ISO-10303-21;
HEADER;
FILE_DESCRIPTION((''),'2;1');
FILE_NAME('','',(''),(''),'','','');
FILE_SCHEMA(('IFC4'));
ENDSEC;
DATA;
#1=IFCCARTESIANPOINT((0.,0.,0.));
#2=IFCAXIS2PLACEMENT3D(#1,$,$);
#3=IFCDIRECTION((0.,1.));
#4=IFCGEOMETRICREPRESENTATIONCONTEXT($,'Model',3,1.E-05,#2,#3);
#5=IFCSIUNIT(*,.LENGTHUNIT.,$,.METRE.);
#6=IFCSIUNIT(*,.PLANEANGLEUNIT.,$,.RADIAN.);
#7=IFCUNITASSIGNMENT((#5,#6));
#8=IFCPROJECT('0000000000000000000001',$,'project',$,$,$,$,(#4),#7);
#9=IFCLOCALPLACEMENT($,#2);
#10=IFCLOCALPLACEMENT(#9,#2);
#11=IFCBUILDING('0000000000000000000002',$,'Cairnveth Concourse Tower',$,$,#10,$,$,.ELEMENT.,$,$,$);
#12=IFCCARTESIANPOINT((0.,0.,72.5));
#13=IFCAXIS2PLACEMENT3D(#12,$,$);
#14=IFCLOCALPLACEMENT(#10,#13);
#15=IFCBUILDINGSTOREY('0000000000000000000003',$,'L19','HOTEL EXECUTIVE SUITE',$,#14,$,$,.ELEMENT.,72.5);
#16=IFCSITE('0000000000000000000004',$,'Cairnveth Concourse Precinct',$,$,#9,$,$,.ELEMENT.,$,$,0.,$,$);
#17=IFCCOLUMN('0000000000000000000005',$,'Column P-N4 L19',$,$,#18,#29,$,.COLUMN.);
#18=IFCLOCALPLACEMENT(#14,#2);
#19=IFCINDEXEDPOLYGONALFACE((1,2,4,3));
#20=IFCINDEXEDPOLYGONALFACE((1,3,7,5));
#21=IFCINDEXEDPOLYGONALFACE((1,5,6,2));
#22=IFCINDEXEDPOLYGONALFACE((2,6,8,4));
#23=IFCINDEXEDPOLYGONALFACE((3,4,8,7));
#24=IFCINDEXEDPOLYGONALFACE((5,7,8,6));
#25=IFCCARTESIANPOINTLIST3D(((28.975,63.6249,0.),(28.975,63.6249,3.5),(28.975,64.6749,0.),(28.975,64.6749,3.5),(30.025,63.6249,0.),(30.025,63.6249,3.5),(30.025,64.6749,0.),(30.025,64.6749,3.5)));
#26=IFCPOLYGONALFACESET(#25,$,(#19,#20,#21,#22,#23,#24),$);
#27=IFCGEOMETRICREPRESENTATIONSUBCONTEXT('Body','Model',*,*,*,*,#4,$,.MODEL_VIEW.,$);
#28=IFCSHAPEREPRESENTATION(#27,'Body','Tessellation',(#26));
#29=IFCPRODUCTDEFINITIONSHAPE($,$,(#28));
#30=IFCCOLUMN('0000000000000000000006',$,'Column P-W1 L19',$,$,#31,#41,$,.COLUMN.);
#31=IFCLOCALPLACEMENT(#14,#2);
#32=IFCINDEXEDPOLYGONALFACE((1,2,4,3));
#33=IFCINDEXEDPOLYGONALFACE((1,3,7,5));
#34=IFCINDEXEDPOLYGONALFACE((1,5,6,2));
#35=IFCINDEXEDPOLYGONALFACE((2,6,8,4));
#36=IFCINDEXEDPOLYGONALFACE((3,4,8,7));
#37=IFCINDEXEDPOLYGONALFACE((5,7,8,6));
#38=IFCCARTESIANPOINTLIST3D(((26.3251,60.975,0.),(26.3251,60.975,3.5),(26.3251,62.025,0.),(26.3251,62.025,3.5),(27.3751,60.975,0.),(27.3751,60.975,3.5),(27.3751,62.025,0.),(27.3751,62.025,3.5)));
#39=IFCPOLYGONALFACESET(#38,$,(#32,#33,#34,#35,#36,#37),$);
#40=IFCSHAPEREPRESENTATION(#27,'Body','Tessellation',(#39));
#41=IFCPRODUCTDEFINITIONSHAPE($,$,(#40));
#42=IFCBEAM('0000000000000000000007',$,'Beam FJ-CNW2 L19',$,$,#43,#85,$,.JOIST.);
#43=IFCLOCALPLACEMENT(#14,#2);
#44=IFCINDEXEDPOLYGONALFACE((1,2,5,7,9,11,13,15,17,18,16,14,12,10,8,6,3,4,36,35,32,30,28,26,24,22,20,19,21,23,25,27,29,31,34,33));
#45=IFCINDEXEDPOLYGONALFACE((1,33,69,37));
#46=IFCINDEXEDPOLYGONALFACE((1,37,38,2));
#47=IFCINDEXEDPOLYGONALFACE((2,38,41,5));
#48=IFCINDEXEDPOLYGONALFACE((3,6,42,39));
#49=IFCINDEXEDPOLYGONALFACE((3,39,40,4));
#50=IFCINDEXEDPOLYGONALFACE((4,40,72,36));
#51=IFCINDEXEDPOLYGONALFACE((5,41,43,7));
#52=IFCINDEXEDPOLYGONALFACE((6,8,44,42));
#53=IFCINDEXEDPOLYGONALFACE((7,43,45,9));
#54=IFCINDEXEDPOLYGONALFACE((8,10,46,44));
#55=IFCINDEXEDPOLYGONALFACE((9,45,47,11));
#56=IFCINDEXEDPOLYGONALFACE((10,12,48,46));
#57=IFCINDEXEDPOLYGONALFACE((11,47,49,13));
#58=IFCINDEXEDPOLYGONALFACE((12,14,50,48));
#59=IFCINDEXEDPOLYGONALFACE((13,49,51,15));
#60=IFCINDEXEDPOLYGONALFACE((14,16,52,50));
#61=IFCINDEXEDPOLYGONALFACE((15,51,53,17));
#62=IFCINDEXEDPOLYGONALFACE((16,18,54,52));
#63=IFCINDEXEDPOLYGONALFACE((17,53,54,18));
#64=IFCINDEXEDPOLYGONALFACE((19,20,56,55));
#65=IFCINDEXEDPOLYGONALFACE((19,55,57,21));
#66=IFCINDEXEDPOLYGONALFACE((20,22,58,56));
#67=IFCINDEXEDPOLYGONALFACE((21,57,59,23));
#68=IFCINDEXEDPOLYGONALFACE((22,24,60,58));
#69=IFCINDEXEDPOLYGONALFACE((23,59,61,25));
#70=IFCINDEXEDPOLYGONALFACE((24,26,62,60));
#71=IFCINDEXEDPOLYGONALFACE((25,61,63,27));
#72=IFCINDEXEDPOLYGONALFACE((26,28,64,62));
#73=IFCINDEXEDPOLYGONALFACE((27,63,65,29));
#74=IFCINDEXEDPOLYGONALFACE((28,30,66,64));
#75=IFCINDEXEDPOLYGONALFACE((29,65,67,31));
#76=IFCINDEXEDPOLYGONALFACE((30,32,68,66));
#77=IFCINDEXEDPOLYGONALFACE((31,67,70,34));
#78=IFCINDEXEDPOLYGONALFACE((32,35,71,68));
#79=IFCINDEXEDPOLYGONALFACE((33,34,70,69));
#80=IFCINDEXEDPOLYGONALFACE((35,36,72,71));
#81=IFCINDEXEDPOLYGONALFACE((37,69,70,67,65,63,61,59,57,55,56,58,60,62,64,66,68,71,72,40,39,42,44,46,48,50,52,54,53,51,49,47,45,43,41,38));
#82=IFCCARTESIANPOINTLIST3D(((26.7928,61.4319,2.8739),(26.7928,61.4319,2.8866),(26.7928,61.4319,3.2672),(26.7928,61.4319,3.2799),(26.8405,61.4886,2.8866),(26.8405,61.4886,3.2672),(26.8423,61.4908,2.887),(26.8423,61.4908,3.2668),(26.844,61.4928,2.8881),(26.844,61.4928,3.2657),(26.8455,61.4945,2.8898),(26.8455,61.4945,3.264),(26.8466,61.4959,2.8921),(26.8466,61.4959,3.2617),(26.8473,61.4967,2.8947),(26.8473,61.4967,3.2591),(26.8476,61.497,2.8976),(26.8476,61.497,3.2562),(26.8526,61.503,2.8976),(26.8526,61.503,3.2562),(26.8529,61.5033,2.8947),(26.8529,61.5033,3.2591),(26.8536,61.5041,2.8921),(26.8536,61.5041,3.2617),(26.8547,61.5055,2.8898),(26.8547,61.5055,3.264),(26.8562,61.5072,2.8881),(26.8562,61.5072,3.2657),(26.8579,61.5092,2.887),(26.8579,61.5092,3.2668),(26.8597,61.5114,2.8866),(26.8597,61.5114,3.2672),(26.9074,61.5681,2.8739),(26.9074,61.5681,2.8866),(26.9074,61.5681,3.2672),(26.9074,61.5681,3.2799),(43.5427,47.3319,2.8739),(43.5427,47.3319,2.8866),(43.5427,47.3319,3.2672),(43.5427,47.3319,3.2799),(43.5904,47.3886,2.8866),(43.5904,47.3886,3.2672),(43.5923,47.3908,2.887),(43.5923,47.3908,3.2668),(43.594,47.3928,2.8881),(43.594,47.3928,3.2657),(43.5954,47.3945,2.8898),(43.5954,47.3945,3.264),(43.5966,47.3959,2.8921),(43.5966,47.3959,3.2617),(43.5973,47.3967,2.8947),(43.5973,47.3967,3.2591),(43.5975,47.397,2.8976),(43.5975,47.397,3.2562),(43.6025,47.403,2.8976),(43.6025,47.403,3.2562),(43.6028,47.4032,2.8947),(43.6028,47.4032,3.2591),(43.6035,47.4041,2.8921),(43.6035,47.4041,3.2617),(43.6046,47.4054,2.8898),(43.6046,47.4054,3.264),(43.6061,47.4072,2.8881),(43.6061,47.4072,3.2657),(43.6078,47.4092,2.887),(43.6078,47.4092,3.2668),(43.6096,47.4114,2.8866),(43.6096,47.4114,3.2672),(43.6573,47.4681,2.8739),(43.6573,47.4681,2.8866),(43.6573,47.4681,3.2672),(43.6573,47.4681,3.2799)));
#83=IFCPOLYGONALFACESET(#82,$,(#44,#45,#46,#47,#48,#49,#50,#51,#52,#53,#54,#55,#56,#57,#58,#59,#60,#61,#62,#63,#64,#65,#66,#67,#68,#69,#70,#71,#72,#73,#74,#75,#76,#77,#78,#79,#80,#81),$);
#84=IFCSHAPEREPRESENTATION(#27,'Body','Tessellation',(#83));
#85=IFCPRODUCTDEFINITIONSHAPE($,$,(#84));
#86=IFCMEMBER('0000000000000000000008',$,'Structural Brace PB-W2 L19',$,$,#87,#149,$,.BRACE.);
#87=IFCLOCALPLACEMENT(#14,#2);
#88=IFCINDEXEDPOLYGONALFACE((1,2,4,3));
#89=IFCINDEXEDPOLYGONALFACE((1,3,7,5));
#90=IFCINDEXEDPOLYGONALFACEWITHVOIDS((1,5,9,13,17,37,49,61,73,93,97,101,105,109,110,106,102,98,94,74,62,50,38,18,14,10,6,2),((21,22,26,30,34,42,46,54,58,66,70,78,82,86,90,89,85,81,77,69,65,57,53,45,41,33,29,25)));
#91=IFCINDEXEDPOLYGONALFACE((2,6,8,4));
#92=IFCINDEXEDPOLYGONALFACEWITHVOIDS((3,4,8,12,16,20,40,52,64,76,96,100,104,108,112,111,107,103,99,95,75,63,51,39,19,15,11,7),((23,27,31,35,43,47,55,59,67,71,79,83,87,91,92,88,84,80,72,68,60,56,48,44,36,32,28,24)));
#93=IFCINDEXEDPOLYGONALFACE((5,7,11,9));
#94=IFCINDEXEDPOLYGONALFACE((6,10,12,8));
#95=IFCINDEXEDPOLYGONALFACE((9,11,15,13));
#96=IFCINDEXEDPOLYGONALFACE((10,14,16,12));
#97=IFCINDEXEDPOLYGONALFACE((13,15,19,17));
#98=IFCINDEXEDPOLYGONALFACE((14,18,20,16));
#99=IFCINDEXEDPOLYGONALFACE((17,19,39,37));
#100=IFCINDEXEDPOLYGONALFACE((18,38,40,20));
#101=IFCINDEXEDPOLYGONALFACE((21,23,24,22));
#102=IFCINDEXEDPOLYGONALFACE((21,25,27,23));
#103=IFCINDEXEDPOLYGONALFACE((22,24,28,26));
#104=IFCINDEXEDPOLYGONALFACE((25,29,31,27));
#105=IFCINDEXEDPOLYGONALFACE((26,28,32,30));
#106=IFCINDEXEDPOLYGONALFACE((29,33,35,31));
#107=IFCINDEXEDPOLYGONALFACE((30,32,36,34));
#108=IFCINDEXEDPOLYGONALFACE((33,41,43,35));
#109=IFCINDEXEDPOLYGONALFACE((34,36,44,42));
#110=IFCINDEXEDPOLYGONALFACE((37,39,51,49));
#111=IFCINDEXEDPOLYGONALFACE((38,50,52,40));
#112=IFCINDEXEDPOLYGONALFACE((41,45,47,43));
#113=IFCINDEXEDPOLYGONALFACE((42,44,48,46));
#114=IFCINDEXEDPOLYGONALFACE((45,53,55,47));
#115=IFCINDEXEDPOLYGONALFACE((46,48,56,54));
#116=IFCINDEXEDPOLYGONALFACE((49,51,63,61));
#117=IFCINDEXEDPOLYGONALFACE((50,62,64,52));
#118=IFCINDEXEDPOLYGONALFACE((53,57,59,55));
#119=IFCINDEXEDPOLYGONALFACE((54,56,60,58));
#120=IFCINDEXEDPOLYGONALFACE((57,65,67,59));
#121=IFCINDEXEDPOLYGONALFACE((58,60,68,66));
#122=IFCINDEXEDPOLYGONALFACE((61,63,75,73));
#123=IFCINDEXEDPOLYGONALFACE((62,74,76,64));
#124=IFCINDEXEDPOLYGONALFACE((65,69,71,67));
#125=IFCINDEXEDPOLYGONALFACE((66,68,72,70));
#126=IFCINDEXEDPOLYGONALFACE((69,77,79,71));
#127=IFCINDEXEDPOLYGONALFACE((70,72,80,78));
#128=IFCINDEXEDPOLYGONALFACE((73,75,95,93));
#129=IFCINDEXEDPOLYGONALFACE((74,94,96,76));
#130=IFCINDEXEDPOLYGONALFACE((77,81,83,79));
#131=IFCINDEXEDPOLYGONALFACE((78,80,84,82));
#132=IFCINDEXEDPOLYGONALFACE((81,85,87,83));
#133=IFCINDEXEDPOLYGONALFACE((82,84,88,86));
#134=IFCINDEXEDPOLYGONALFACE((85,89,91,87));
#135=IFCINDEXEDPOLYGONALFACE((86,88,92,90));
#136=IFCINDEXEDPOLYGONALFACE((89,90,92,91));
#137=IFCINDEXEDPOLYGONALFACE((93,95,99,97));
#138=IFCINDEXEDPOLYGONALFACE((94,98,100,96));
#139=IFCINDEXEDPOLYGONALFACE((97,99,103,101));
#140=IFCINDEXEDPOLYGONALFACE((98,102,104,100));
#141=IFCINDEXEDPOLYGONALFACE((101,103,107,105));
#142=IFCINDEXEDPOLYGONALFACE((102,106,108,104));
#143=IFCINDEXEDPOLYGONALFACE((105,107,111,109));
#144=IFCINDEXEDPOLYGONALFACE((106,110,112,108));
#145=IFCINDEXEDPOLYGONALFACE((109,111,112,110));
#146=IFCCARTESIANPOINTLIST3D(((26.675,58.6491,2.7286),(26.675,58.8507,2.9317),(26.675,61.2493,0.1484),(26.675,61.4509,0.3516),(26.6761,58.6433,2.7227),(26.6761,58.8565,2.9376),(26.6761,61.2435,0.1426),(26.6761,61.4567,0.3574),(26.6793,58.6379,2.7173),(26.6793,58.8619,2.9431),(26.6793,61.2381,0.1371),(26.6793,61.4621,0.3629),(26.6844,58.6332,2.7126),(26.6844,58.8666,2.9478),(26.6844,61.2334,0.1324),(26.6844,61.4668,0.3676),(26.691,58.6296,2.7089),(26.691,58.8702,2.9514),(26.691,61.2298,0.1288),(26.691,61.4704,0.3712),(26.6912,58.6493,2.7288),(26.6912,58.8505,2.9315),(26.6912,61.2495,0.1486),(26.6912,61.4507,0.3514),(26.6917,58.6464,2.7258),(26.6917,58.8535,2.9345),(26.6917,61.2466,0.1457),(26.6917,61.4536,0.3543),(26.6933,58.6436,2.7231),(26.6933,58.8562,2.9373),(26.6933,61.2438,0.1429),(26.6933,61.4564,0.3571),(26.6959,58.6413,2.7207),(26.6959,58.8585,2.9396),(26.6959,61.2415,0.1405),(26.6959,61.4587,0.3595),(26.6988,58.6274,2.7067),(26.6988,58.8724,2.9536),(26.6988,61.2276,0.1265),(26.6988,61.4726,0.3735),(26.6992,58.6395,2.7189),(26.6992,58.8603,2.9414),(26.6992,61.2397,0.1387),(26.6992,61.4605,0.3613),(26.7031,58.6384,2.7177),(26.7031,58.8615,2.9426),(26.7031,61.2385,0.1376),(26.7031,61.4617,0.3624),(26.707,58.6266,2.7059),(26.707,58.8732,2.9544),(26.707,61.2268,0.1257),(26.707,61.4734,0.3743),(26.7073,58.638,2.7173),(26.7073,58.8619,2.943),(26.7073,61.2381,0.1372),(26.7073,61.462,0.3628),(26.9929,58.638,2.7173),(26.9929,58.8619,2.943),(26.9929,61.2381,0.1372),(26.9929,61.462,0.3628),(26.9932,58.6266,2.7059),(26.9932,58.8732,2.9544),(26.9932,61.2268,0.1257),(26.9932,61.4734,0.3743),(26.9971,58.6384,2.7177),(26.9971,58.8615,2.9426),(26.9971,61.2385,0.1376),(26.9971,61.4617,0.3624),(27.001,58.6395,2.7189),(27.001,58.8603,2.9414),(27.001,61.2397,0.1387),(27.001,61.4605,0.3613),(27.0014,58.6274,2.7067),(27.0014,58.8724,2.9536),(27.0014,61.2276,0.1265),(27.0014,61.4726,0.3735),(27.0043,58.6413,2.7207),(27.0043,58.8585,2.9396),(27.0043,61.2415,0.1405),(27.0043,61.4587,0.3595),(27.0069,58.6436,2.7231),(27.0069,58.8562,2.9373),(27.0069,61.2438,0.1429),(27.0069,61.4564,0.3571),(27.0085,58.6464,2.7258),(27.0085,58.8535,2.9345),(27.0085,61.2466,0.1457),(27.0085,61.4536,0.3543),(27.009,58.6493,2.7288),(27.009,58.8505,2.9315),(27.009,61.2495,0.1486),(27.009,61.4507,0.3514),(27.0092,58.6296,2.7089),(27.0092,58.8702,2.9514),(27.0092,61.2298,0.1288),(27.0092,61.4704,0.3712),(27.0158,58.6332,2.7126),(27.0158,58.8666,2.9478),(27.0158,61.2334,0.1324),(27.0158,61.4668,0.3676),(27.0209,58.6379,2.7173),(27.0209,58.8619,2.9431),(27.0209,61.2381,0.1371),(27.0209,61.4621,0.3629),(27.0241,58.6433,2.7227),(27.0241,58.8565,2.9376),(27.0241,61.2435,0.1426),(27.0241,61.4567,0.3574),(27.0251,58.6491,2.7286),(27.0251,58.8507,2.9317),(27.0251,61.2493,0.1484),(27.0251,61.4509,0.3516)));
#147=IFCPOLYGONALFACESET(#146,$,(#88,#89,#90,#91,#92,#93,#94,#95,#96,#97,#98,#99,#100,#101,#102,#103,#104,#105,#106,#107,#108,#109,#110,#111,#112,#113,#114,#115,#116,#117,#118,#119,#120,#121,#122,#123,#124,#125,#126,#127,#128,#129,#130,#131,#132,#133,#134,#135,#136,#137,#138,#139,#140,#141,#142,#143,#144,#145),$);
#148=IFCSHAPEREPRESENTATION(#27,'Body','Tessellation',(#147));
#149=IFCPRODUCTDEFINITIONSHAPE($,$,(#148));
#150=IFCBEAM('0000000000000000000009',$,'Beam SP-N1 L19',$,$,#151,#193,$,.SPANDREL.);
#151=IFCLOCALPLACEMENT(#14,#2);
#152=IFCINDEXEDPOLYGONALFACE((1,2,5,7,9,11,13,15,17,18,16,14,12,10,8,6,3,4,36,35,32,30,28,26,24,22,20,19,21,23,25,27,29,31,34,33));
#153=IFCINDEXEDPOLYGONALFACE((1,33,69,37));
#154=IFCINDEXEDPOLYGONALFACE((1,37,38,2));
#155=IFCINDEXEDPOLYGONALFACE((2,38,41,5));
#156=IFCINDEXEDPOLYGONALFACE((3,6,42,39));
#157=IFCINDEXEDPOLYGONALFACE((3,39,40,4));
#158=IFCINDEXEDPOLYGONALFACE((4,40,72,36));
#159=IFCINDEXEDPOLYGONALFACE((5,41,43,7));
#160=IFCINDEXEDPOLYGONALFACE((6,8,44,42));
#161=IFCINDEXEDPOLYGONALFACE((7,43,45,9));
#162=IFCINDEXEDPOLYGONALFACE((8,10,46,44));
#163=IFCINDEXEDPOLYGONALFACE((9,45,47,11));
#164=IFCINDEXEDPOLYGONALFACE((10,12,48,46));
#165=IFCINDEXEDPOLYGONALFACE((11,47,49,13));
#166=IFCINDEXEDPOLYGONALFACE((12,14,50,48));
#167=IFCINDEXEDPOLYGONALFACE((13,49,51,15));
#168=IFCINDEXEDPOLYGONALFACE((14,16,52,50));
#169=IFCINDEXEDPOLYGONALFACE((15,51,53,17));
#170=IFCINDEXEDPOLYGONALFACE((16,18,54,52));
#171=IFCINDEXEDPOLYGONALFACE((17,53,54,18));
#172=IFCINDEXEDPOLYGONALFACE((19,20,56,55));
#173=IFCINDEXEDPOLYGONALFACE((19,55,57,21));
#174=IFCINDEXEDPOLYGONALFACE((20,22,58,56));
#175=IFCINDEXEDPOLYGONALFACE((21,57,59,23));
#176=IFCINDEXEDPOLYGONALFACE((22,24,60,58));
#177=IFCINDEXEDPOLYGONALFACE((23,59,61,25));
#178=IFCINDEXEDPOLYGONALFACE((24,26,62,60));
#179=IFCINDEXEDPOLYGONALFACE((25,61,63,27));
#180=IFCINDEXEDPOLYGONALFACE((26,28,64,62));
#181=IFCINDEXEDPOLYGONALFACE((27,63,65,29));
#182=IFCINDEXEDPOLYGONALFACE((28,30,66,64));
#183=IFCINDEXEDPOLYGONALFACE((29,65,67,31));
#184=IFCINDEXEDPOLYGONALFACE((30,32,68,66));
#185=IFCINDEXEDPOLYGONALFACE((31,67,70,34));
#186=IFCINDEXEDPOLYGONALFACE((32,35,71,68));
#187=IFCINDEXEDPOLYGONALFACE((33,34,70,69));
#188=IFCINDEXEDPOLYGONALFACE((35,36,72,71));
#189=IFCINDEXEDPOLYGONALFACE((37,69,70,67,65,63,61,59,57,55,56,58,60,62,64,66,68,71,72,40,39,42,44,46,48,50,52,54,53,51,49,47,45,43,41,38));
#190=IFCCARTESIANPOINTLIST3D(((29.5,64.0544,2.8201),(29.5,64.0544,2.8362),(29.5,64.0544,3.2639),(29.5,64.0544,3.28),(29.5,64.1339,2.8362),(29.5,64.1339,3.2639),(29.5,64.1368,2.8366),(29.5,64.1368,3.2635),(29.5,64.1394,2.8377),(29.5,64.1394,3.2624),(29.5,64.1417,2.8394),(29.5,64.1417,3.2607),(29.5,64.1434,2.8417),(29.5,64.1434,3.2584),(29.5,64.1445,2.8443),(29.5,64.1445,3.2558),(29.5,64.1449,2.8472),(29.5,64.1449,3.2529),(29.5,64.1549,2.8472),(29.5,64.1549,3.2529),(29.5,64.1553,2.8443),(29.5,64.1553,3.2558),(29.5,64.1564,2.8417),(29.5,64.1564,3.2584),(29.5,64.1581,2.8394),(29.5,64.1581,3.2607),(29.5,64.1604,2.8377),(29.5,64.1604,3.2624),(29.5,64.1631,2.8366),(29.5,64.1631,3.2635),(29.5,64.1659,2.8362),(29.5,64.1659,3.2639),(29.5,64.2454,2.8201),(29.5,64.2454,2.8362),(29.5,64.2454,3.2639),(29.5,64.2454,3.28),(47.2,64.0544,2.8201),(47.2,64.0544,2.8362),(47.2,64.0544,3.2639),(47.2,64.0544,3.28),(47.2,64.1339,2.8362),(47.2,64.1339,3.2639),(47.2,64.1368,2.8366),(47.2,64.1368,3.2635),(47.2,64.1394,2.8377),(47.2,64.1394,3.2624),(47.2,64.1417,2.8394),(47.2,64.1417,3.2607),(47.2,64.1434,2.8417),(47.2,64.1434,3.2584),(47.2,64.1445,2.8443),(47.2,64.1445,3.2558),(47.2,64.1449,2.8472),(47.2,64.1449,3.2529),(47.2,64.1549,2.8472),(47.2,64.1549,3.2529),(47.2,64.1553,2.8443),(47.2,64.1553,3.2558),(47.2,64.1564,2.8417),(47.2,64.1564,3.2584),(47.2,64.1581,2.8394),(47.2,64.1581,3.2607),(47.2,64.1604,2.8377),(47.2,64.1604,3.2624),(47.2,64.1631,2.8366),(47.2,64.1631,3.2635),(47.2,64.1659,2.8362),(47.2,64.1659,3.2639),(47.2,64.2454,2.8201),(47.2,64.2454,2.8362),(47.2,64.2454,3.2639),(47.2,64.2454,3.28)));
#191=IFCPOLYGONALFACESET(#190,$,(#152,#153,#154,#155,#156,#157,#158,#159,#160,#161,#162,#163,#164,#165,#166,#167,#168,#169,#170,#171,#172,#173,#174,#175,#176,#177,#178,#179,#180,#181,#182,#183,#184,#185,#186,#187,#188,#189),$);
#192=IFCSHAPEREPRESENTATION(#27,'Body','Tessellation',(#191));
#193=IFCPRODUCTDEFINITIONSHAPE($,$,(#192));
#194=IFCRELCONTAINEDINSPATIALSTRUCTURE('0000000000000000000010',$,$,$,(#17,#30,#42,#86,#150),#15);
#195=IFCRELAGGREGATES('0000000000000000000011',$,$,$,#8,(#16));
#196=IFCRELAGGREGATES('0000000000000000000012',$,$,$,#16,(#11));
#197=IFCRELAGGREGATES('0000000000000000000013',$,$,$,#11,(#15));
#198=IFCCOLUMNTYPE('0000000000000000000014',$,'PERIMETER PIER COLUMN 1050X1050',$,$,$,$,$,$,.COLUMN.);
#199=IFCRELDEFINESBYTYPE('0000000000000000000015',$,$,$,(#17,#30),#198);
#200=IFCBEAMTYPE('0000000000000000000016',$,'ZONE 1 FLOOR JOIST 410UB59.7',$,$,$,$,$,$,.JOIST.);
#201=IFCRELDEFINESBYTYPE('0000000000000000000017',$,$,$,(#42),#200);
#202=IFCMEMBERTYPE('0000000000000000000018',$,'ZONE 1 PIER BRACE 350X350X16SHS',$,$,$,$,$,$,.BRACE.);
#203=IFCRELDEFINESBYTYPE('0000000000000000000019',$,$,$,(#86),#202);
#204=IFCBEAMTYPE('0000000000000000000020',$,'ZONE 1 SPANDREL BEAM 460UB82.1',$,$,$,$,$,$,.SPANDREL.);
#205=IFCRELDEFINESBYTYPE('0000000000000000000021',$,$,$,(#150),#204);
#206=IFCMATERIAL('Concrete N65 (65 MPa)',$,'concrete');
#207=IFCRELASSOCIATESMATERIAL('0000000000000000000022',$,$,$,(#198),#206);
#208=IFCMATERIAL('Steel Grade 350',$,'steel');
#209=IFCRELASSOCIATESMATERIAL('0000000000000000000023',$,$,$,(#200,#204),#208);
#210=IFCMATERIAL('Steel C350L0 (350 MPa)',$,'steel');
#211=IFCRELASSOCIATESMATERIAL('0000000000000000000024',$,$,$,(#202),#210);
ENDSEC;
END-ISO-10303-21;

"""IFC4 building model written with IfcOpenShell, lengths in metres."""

from ifc_helpers import new_model, si_unit, direction, frame, origin, origin_2d, place, context, subcontext, project, spatial, rectangle, hollow_rectangle, i_section, extrude, material, material_profile, profile_set, type_object, element, save


model = new_model("IFC4")

# Units and contexts
model_context = context("Model", 3, precision=1e-05, world=origin(), true_north=direction((0.0, 1.0)))
body_context = subcontext(model_context, "Body", "Model", "MODEL_VIEW")
ifc_project = project(units=[si_unit("LENGTHUNIT", "METRE"), si_unit("PLANEANGLEUNIT", "RADIAN")], contexts=[model_context])

# Site, building, storey
site_placement = place(None, origin())
site = spatial("IfcSite", under=ifc_project, at=site_placement, Name="Cairnveth Concourse Precinct", CompositionType="ELEMENT", RefElevation=0.0)
building_placement = place(site_placement, origin())
building = spatial("IfcBuilding", under=site, at=building_placement, Name="Cairnveth Concourse Tower", CompositionType="ELEMENT")
storey_placement = place(building_placement, frame((0.0, 0.0, 72.5)))
storey = spatial("IfcBuildingStorey", under=building, at=storey_placement, Name="L19", Description="HOTEL EXECUTIVE SUITE", CompositionType="ELEMENT", Elevation=72.5)

# Columns
ifc_material_1 = material(Name="Concrete N65 (65 MPa)", Category="concrete")
ifc_material_profile_1 = material_profile(ifc_material_1, rectangle(XDim=1.05, YDim=1.05, at=origin_2d()), Name="RC-COL-1050x1050")
ifc_profile_set_1 = profile_set([ifc_material_profile_1], Name="Concrete N65 (65 MPa)")
column_type = type_object("IfcColumnType", Name="PERIMETER PIER COLUMN 1050X1050", PredefinedType="COLUMN", material=ifc_profile_set_1)
for number, where, z_axis, x_axis, name in (
    (1, (29.5, 64.1499, 0.0), (0.0, 0.0, 1.0), (1.0, 0.0, 0.0), "Column P-N4 L19"),
    (2, (26.8501, 61.5, 0.0), (0.0, 0.0, 1.0), (0.0, 1.0, 0.0), "Column P-W1 L19"),
):
    element("IfcColumn", number, at=place(storey_placement, frame(where, z_axis=z_axis, x_axis=x_axis)), inside=storey, type_object=column_type, Name=name, PredefinedType="COLUMN", context=body_context, shape_type="SweptSolid", body=[
        extrude(rectangle(XDim=1.05, YDim=1.05, at=origin_2d()), origin(), (0.0, 0.0, 1.0), 3.5),
    ])

# Beam
ifc_material_2 = material(Name="Steel Grade 350", Category="steel")
ifc_material_profile_2 = material_profile(ifc_material_2, i_section(OverallWidth=0.178, OverallDepth=0.406, WebThickness=0.0078, FlangeThickness=0.0127, FilletRadius=0.011, at=origin_2d()), Name="410UB59.7")
ifc_profile_set_2 = profile_set([ifc_material_profile_2], Name="Steel Grade 350")
beam_type_1 = type_object("IfcBeamType", Name="ZONE 1 FLOOR JOIST 410UB59.7", PredefinedType="JOIST", material=ifc_profile_set_2)
beam_1_placement = place(storey_placement, frame((26.8501, 61.5, 3.0769), z_axis=(0.765027, -0.643998, 0.0), x_axis=(0.643998, 0.765027, 0.0)))
element("IfcBeam", 3, at=beam_1_placement, inside=storey, type_object=beam_type_1, Name="Beam FJ-CNW2 L19", PredefinedType="JOIST", context=body_context, shape_type="SweptSolid", body=[
    extrude(i_section(OverallWidth=0.178, OverallDepth=0.406, WebThickness=0.0078, FlangeThickness=0.0127, FilletRadius=0.011, at=origin_2d()), origin(), (0.0, 0.0, 1.0), 21.8945),
])

# Member
ifc_material_3 = material(Name="Steel C350L0 (350 MPa)", Category="steel")
ifc_material_profile_3 = material_profile(ifc_material_3, hollow_rectangle(XDim=0.3501, YDim=0.3501, WallThickness=0.0161, InnerFilletRadius=0.0161, OuterFilletRadius=0.032, at=origin_2d()), Name="350x350x16.0SHS")
ifc_profile_set_3 = profile_set([ifc_material_profile_3], Name="Steel C350L0 (350 MPa)")
member_type = type_object("IfcMemberType", Name="ZONE 1 PIER BRACE 350X350X16SHS", PredefinedType="BRACE", material=ifc_profile_set_3)
member_placement = place(storey_placement, frame((26.8501, 61.3501, 0.25), z_axis=(0.0, -0.709834, 0.704369), x_axis=(1.0, 0.0, 0.0)))
element("IfcMember", 4, at=member_placement, inside=storey, type_object=member_type, Name="Structural Brace PB-W2 L19", PredefinedType="BRACE", context=body_context, shape_type="SweptSolid", body=[
    extrude(hollow_rectangle(XDim=0.3501, YDim=0.3501, WallThickness=0.0161, InnerFilletRadius=0.0161, OuterFilletRadius=0.032, at=origin_2d()), origin(), (0.0, 0.0, 1.0), 3.6631),
])

# Beam
ifc_material_profile_4 = material_profile(ifc_material_2, i_section(OverallWidth=0.1909, OverallDepth=0.46, WebThickness=0.01, FlangeThickness=0.0161, FilletRadius=0.011, at=origin_2d()), Name="460UB82.1")
ifc_profile_set_4 = profile_set([ifc_material_profile_4], Name="Steel Grade 350")
beam_type_2 = type_object("IfcBeamType", Name="ZONE 1 SPANDREL BEAM 460UB82.1", PredefinedType="SPANDREL", material=ifc_profile_set_4)
beam_2_placement = place(storey_placement, frame((29.5, 64.1499, 3.05), z_axis=(1.0, 0.0, 0.0), x_axis=(0.0, 1.0, 0.0)))
element("IfcBeam", 5, at=beam_2_placement, inside=storey, type_object=beam_type_2, Name="Beam SP-N1 L19", PredefinedType="SPANDREL", context=body_context, shape_type="SweptSolid", body=[
    extrude(i_section(OverallWidth=0.1909, OverallDepth=0.46, WebThickness=0.01, FlangeThickness=0.0161, FilletRadius=0.011, at=origin_2d()), origin(), (0.0, 0.0, 1.0), 17.7),
])

save(model, "model.ifc")
